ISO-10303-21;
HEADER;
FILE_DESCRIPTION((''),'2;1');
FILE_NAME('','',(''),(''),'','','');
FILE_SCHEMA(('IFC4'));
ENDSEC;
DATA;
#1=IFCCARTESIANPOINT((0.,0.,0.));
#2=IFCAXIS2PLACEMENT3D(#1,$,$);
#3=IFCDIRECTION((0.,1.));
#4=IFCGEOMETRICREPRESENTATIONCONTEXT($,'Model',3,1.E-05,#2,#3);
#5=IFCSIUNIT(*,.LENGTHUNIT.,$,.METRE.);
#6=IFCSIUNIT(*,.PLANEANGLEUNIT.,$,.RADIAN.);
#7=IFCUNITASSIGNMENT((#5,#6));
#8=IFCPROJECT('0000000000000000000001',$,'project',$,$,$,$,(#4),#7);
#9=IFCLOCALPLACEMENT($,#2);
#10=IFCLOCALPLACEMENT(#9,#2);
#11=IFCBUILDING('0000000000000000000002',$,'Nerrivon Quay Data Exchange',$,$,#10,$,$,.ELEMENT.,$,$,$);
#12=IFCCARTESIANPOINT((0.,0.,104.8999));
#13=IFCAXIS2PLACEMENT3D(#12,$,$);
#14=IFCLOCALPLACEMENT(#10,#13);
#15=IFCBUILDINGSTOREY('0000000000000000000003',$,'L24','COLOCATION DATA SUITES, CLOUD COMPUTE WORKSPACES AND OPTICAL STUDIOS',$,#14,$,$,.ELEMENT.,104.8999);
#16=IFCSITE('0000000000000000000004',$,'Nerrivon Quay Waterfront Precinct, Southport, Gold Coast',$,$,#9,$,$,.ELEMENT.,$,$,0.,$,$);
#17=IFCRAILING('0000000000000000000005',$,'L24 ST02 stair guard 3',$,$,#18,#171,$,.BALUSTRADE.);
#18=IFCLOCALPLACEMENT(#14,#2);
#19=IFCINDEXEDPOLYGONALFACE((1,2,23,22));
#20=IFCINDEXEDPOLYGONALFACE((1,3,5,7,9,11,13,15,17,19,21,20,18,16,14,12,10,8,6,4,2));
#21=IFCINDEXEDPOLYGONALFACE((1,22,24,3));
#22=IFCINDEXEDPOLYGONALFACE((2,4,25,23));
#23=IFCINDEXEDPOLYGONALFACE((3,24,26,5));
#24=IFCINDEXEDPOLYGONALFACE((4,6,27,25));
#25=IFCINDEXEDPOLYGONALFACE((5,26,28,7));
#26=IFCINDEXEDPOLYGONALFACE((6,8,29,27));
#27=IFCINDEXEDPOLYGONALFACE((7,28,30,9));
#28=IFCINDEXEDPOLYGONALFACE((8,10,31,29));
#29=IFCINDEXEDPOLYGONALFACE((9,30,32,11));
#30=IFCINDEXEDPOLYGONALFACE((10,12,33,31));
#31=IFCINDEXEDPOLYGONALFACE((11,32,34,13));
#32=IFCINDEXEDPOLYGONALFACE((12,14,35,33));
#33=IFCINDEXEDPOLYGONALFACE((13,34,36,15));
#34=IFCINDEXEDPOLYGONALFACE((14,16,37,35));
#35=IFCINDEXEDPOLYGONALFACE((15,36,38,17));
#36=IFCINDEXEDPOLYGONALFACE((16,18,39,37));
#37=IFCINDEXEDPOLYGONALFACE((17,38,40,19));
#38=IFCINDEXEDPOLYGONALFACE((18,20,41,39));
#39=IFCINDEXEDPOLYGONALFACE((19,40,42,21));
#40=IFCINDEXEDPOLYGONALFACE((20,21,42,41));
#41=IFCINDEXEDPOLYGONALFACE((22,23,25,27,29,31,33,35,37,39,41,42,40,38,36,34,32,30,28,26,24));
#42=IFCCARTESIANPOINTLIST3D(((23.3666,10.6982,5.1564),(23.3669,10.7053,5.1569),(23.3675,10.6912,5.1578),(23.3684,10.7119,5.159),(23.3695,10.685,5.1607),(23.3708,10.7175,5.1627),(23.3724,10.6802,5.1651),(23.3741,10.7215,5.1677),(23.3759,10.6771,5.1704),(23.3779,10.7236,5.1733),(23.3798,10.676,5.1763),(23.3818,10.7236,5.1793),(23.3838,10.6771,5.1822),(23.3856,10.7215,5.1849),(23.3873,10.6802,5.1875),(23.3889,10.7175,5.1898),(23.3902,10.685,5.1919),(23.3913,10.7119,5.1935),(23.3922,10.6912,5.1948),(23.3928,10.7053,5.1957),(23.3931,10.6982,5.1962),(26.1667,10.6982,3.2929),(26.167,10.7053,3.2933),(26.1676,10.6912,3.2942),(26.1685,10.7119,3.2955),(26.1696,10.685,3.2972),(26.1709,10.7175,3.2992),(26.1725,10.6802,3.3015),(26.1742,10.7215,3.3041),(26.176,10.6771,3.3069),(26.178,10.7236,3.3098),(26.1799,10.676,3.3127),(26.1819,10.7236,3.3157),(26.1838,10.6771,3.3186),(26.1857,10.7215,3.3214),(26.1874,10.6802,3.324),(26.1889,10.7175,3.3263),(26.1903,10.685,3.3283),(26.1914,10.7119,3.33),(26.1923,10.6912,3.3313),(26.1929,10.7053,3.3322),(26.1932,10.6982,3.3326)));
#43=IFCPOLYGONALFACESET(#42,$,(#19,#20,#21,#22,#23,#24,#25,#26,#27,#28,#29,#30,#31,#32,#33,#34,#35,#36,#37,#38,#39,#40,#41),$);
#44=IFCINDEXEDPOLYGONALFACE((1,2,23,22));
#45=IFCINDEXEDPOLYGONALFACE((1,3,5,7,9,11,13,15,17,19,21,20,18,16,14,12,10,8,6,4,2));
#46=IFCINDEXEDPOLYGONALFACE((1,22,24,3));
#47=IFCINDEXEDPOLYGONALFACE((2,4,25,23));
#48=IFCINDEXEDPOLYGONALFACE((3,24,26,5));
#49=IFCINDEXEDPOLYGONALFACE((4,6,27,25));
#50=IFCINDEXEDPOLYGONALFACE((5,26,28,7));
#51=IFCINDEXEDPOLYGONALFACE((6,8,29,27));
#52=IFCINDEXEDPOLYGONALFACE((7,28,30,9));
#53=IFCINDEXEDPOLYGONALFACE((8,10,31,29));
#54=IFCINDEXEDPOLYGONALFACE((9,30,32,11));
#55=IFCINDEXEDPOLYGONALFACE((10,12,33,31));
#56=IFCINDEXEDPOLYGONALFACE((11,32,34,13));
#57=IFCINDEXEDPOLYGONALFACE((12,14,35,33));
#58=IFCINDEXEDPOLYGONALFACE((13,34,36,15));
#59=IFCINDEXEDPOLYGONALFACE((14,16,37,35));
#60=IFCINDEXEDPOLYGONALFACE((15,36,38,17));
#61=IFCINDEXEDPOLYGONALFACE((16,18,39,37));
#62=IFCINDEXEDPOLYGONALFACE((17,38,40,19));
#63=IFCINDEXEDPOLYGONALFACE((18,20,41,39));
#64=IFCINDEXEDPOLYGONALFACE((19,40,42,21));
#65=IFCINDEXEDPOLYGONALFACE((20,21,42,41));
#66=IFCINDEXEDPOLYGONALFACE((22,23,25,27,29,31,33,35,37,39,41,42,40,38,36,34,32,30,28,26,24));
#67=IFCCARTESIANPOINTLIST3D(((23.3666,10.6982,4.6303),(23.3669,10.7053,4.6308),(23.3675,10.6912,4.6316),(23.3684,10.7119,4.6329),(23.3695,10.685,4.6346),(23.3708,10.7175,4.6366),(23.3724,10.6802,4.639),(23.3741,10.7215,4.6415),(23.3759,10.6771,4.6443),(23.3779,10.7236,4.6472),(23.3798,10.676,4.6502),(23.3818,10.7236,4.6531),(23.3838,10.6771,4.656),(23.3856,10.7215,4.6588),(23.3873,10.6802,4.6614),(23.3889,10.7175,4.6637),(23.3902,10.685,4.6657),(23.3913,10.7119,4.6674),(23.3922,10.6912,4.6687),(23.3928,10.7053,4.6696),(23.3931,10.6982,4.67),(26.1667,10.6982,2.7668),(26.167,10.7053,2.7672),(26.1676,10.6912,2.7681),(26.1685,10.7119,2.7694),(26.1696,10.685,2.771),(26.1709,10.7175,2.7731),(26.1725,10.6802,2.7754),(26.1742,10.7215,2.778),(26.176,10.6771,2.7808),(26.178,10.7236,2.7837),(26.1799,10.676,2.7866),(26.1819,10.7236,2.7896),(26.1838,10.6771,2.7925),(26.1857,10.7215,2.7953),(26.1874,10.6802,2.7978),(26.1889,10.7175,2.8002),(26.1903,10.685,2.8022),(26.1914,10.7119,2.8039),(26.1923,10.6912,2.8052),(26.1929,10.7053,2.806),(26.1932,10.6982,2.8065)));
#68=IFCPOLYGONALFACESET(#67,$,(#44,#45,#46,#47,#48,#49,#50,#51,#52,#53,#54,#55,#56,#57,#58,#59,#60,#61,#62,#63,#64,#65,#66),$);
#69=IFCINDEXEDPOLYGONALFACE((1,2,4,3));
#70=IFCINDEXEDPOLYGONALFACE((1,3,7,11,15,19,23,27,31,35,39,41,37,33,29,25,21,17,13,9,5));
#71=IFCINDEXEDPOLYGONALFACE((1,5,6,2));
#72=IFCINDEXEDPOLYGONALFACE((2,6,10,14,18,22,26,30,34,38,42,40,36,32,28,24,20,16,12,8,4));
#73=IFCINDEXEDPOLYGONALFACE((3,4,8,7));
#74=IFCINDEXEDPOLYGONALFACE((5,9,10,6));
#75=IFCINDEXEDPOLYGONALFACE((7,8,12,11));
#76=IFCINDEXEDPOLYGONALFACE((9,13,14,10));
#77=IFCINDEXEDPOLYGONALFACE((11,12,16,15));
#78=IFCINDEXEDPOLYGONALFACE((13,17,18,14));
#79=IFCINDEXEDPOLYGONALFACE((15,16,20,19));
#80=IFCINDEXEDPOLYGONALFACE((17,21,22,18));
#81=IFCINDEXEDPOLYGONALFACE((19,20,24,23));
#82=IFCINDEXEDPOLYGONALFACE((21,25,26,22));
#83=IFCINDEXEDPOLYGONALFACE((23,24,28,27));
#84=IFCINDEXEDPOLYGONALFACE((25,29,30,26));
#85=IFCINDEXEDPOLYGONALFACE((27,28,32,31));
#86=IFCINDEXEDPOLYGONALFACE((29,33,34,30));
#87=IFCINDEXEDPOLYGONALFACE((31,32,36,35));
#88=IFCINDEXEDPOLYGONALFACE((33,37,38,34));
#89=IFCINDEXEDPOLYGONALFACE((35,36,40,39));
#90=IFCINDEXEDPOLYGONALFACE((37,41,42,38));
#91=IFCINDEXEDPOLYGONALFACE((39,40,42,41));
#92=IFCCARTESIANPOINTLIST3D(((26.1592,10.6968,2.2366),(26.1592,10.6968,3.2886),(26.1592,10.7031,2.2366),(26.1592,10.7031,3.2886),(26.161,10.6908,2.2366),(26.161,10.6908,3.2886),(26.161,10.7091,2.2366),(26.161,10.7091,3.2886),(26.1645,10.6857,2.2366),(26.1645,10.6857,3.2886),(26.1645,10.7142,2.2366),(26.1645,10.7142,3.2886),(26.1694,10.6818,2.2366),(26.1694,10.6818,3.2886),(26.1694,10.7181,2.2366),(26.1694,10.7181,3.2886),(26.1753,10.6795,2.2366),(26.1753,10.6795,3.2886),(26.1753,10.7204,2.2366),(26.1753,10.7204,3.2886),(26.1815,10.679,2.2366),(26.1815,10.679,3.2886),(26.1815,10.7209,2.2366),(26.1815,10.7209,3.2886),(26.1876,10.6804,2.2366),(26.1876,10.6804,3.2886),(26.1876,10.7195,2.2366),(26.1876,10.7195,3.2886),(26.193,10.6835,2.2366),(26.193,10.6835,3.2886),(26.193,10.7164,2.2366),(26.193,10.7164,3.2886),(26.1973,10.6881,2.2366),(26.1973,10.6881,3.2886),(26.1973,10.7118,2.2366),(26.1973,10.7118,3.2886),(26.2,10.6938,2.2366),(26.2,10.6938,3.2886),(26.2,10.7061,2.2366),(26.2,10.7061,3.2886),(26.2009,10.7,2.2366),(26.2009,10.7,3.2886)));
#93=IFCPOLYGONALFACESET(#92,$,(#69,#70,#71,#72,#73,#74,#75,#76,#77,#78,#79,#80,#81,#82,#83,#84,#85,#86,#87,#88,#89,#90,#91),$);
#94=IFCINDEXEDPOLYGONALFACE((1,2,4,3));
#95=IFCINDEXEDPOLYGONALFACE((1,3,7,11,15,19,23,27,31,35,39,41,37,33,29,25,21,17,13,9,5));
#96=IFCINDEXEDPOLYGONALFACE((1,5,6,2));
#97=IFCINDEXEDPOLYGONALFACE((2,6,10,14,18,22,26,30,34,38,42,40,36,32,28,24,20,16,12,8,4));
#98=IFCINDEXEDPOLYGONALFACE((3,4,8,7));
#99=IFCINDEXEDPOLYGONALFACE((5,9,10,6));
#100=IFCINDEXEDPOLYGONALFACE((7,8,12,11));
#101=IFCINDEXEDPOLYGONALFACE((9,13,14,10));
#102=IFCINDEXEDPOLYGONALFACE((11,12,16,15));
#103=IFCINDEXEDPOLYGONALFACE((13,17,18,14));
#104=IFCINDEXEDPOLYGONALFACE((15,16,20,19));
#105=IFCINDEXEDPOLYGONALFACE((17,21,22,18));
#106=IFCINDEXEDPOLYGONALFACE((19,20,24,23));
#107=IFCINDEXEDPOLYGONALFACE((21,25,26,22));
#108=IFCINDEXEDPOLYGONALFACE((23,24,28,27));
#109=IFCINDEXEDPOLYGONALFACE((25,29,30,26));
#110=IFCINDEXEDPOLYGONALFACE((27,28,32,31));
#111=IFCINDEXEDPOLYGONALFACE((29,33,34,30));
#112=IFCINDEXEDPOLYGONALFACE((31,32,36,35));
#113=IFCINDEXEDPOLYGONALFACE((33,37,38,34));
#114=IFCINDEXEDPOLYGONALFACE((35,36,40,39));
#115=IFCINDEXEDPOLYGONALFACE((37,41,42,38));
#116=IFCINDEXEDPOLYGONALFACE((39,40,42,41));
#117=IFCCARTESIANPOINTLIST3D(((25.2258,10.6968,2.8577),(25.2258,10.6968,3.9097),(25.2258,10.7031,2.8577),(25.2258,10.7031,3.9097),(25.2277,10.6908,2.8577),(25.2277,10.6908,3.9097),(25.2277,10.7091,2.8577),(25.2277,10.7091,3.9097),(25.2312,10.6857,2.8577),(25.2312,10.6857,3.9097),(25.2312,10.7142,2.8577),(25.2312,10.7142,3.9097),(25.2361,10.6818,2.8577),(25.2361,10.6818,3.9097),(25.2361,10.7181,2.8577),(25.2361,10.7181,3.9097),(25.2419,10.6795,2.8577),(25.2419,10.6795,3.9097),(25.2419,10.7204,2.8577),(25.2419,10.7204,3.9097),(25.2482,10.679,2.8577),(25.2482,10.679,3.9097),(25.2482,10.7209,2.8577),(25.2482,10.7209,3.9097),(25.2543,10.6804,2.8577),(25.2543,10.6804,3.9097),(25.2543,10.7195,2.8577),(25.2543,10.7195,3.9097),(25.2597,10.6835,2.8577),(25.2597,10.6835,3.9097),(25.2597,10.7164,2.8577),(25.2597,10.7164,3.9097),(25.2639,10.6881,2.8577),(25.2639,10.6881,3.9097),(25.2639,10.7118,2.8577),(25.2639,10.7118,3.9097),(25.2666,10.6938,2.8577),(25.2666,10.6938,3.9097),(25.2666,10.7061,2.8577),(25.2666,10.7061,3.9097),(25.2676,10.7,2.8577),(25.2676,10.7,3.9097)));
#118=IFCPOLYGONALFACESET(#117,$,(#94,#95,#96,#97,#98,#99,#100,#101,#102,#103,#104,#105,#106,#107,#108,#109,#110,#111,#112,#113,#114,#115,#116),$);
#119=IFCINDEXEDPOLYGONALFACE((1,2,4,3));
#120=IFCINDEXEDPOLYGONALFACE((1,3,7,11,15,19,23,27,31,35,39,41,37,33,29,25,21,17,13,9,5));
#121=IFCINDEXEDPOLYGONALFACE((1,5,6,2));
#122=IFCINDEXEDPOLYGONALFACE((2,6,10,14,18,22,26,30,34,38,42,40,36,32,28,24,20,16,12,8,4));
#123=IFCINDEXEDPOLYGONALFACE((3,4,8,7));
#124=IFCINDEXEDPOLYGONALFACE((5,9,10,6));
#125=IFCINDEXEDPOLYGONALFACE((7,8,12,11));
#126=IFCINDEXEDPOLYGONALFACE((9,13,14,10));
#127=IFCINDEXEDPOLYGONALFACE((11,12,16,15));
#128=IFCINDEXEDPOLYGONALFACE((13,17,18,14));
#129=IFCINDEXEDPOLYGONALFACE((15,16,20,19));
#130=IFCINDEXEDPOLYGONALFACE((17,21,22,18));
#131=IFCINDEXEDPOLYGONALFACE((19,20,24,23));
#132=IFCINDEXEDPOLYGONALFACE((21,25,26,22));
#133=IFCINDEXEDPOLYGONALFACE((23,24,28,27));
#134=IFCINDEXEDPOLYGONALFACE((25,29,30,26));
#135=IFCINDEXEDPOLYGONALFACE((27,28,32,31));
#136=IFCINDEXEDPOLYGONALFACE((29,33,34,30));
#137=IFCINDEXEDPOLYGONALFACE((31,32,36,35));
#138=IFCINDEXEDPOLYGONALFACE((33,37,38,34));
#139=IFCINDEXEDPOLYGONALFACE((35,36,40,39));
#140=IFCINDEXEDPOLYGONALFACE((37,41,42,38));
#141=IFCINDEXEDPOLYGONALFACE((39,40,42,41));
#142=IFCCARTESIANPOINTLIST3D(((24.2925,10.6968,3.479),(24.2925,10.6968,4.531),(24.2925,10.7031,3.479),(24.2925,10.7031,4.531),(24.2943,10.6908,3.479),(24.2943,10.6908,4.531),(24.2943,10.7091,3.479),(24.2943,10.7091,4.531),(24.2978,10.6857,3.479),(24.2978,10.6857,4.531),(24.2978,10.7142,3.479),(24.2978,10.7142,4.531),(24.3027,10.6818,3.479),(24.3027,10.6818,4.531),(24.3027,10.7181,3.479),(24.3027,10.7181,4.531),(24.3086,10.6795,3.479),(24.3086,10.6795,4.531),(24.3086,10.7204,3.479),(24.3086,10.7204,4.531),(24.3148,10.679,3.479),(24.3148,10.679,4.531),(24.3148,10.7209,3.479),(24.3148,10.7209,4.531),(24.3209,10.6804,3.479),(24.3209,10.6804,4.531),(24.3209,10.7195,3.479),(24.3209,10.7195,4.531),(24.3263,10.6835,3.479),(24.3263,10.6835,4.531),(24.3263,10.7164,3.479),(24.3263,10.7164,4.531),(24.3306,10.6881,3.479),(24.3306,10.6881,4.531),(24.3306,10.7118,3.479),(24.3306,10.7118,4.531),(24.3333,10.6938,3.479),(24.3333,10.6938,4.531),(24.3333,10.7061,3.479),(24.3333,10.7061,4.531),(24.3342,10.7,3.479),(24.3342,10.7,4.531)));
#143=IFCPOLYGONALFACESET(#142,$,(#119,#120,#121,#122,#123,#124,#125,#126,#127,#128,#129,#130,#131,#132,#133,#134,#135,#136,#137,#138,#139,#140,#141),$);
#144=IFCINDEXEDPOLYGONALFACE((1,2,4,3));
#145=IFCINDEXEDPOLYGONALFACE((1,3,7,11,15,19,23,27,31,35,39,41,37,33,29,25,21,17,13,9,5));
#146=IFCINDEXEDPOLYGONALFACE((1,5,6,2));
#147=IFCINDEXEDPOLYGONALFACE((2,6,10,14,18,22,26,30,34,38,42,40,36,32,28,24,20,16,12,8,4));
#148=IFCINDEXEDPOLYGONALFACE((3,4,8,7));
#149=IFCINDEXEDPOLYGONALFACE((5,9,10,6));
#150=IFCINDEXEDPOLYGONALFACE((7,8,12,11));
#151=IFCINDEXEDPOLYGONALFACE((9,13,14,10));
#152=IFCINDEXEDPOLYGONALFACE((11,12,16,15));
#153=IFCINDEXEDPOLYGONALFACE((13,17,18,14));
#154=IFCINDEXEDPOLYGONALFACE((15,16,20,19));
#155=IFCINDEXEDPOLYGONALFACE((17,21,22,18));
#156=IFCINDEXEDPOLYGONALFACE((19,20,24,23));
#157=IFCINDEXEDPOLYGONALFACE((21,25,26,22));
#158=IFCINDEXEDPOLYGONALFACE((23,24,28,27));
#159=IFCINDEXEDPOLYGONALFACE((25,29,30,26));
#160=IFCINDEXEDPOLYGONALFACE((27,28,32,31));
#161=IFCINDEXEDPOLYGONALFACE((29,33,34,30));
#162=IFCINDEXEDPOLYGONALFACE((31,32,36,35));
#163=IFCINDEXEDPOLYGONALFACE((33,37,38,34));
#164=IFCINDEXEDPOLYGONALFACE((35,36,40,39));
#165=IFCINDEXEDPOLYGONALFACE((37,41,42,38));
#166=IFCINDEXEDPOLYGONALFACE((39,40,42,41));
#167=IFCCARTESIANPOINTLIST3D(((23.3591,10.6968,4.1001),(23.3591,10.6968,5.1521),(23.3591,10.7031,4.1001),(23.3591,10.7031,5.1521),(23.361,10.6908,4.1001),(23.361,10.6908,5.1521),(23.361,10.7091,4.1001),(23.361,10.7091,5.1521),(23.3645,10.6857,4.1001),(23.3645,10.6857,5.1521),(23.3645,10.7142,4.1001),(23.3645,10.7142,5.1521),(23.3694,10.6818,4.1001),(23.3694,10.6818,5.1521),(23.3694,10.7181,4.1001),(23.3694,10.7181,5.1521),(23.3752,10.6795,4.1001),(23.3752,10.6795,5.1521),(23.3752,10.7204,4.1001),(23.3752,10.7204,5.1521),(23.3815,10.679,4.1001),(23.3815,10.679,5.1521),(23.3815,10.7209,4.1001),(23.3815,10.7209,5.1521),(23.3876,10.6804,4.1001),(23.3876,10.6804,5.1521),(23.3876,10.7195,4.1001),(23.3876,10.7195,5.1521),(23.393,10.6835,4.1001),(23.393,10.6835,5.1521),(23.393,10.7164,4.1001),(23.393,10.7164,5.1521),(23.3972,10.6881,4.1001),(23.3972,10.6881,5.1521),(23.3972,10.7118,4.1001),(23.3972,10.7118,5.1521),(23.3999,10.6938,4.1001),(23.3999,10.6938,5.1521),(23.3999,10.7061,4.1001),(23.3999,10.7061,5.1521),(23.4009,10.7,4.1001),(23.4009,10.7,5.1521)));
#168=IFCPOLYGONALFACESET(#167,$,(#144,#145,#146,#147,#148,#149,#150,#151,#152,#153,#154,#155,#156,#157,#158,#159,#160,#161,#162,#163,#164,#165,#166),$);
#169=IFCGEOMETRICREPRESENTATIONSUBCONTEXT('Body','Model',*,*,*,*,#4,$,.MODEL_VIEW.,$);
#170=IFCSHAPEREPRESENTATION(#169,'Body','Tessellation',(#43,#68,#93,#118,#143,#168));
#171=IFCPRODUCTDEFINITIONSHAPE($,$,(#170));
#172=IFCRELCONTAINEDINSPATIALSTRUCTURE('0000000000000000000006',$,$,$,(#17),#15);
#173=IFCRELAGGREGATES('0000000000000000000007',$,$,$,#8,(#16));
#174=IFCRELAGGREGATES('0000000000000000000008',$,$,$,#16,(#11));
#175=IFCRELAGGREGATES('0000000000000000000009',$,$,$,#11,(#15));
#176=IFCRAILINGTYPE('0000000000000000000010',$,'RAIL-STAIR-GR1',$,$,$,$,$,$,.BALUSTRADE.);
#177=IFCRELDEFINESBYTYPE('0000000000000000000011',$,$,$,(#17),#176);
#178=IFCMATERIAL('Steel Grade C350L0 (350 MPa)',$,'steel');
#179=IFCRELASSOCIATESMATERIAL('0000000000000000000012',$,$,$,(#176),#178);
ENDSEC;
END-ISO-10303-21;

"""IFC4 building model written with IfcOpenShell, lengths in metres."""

from ifc_helpers import new_model, si_unit, direction, frame, origin, origin_2d, place, context, subcontext, project, spatial, circle, extrude, material, type_object, element, save


model = new_model("IFC4")

# Units and contexts
model_context = context("Model", 3, precision=1e-05, world=origin(), true_north=direction((0.0, 1.0)))
body_context = subcontext(model_context, "Body", "Model", "MODEL_VIEW")
ifc_project = project(units=[si_unit("LENGTHUNIT", "METRE"), si_unit("PLANEANGLEUNIT", "RADIAN")], contexts=[model_context])

# Site, building, storey
site_placement = place(None, origin())
site = spatial("IfcSite", under=ifc_project, at=site_placement, Name="Nerrivon Quay Waterfront Precinct, Southport, Gold Coast", CompositionType="ELEMENT", RefElevation=0.0)
building_placement = place(site_placement, origin())
building = spatial("IfcBuilding", under=site, at=building_placement, Name="Nerrivon Quay Data Exchange", CompositionType="ELEMENT")
storey_placement = place(building_placement, frame((0.0, 0.0, 104.8999)))
storey = spatial("IfcBuildingStorey", under=building, at=storey_placement, Name="L24", Description="COLOCATION DATA SUITES, CLOUD COMPUTE WORKSPACES AND OPTICAL STUDIOS", CompositionType="ELEMENT", Elevation=104.8999)

# Railing
ifc_material_1 = material(Name="Steel Grade C350L0 (350 MPa)", Category="steel")
railing_type_1 = type_object("IfcRailingType", Name="RAIL-STAIR-GR1", PredefinedType="BALUSTRADE", material=ifc_material_1)
railing_1_placement = place(storey_placement, frame((26.1799, 10.7, 2.2366)))
element("IfcRailing", 1, at=railing_1_placement, inside=storey, type_object=railing_type_1, Name="L24 ST02 stair guard 3", PredefinedType="BALUSTRADE", context=body_context, shape_type="SweptSolid", body=[
    extrude(circle(Radius=0.0239, at=origin_2d()), frame((0.0, 0.0, 1.0762), z_axis=(-0.832486, 0.0, 0.554047), x_axis=(0.0, -1.0, 0.0)), (0.0, 0.0, 1.0), 3.3635),
    extrude(circle(Radius=0.0239, at=origin_2d()), frame((0.0, 0.0, 0.55), z_axis=(-0.832486, 0.0, 0.554047), x_axis=(0.0, -1.0, 0.0)), (0.0, 0.0, 1.0), 3.3635),
    extrude(circle(Radius=0.021, at=origin_2d()), origin(), (0.0, 0.0, 1.0), 1.052),
    extrude(circle(Radius=0.021, at=origin_2d()), frame((-0.9333, 0.0, 0.6211)), (0.0, 0.0, 1.0), 1.052),
    extrude(circle(Radius=0.021, at=origin_2d()), frame((-1.8667, 0.0, 1.2424)), (0.0, 0.0, 1.0), 1.052),
    extrude(circle(Radius=0.021, at=origin_2d()), frame((-2.8, 0.0, 1.8635)), (0.0, 0.0, 1.0), 1.052),
])

save(model, "model.ifc")
